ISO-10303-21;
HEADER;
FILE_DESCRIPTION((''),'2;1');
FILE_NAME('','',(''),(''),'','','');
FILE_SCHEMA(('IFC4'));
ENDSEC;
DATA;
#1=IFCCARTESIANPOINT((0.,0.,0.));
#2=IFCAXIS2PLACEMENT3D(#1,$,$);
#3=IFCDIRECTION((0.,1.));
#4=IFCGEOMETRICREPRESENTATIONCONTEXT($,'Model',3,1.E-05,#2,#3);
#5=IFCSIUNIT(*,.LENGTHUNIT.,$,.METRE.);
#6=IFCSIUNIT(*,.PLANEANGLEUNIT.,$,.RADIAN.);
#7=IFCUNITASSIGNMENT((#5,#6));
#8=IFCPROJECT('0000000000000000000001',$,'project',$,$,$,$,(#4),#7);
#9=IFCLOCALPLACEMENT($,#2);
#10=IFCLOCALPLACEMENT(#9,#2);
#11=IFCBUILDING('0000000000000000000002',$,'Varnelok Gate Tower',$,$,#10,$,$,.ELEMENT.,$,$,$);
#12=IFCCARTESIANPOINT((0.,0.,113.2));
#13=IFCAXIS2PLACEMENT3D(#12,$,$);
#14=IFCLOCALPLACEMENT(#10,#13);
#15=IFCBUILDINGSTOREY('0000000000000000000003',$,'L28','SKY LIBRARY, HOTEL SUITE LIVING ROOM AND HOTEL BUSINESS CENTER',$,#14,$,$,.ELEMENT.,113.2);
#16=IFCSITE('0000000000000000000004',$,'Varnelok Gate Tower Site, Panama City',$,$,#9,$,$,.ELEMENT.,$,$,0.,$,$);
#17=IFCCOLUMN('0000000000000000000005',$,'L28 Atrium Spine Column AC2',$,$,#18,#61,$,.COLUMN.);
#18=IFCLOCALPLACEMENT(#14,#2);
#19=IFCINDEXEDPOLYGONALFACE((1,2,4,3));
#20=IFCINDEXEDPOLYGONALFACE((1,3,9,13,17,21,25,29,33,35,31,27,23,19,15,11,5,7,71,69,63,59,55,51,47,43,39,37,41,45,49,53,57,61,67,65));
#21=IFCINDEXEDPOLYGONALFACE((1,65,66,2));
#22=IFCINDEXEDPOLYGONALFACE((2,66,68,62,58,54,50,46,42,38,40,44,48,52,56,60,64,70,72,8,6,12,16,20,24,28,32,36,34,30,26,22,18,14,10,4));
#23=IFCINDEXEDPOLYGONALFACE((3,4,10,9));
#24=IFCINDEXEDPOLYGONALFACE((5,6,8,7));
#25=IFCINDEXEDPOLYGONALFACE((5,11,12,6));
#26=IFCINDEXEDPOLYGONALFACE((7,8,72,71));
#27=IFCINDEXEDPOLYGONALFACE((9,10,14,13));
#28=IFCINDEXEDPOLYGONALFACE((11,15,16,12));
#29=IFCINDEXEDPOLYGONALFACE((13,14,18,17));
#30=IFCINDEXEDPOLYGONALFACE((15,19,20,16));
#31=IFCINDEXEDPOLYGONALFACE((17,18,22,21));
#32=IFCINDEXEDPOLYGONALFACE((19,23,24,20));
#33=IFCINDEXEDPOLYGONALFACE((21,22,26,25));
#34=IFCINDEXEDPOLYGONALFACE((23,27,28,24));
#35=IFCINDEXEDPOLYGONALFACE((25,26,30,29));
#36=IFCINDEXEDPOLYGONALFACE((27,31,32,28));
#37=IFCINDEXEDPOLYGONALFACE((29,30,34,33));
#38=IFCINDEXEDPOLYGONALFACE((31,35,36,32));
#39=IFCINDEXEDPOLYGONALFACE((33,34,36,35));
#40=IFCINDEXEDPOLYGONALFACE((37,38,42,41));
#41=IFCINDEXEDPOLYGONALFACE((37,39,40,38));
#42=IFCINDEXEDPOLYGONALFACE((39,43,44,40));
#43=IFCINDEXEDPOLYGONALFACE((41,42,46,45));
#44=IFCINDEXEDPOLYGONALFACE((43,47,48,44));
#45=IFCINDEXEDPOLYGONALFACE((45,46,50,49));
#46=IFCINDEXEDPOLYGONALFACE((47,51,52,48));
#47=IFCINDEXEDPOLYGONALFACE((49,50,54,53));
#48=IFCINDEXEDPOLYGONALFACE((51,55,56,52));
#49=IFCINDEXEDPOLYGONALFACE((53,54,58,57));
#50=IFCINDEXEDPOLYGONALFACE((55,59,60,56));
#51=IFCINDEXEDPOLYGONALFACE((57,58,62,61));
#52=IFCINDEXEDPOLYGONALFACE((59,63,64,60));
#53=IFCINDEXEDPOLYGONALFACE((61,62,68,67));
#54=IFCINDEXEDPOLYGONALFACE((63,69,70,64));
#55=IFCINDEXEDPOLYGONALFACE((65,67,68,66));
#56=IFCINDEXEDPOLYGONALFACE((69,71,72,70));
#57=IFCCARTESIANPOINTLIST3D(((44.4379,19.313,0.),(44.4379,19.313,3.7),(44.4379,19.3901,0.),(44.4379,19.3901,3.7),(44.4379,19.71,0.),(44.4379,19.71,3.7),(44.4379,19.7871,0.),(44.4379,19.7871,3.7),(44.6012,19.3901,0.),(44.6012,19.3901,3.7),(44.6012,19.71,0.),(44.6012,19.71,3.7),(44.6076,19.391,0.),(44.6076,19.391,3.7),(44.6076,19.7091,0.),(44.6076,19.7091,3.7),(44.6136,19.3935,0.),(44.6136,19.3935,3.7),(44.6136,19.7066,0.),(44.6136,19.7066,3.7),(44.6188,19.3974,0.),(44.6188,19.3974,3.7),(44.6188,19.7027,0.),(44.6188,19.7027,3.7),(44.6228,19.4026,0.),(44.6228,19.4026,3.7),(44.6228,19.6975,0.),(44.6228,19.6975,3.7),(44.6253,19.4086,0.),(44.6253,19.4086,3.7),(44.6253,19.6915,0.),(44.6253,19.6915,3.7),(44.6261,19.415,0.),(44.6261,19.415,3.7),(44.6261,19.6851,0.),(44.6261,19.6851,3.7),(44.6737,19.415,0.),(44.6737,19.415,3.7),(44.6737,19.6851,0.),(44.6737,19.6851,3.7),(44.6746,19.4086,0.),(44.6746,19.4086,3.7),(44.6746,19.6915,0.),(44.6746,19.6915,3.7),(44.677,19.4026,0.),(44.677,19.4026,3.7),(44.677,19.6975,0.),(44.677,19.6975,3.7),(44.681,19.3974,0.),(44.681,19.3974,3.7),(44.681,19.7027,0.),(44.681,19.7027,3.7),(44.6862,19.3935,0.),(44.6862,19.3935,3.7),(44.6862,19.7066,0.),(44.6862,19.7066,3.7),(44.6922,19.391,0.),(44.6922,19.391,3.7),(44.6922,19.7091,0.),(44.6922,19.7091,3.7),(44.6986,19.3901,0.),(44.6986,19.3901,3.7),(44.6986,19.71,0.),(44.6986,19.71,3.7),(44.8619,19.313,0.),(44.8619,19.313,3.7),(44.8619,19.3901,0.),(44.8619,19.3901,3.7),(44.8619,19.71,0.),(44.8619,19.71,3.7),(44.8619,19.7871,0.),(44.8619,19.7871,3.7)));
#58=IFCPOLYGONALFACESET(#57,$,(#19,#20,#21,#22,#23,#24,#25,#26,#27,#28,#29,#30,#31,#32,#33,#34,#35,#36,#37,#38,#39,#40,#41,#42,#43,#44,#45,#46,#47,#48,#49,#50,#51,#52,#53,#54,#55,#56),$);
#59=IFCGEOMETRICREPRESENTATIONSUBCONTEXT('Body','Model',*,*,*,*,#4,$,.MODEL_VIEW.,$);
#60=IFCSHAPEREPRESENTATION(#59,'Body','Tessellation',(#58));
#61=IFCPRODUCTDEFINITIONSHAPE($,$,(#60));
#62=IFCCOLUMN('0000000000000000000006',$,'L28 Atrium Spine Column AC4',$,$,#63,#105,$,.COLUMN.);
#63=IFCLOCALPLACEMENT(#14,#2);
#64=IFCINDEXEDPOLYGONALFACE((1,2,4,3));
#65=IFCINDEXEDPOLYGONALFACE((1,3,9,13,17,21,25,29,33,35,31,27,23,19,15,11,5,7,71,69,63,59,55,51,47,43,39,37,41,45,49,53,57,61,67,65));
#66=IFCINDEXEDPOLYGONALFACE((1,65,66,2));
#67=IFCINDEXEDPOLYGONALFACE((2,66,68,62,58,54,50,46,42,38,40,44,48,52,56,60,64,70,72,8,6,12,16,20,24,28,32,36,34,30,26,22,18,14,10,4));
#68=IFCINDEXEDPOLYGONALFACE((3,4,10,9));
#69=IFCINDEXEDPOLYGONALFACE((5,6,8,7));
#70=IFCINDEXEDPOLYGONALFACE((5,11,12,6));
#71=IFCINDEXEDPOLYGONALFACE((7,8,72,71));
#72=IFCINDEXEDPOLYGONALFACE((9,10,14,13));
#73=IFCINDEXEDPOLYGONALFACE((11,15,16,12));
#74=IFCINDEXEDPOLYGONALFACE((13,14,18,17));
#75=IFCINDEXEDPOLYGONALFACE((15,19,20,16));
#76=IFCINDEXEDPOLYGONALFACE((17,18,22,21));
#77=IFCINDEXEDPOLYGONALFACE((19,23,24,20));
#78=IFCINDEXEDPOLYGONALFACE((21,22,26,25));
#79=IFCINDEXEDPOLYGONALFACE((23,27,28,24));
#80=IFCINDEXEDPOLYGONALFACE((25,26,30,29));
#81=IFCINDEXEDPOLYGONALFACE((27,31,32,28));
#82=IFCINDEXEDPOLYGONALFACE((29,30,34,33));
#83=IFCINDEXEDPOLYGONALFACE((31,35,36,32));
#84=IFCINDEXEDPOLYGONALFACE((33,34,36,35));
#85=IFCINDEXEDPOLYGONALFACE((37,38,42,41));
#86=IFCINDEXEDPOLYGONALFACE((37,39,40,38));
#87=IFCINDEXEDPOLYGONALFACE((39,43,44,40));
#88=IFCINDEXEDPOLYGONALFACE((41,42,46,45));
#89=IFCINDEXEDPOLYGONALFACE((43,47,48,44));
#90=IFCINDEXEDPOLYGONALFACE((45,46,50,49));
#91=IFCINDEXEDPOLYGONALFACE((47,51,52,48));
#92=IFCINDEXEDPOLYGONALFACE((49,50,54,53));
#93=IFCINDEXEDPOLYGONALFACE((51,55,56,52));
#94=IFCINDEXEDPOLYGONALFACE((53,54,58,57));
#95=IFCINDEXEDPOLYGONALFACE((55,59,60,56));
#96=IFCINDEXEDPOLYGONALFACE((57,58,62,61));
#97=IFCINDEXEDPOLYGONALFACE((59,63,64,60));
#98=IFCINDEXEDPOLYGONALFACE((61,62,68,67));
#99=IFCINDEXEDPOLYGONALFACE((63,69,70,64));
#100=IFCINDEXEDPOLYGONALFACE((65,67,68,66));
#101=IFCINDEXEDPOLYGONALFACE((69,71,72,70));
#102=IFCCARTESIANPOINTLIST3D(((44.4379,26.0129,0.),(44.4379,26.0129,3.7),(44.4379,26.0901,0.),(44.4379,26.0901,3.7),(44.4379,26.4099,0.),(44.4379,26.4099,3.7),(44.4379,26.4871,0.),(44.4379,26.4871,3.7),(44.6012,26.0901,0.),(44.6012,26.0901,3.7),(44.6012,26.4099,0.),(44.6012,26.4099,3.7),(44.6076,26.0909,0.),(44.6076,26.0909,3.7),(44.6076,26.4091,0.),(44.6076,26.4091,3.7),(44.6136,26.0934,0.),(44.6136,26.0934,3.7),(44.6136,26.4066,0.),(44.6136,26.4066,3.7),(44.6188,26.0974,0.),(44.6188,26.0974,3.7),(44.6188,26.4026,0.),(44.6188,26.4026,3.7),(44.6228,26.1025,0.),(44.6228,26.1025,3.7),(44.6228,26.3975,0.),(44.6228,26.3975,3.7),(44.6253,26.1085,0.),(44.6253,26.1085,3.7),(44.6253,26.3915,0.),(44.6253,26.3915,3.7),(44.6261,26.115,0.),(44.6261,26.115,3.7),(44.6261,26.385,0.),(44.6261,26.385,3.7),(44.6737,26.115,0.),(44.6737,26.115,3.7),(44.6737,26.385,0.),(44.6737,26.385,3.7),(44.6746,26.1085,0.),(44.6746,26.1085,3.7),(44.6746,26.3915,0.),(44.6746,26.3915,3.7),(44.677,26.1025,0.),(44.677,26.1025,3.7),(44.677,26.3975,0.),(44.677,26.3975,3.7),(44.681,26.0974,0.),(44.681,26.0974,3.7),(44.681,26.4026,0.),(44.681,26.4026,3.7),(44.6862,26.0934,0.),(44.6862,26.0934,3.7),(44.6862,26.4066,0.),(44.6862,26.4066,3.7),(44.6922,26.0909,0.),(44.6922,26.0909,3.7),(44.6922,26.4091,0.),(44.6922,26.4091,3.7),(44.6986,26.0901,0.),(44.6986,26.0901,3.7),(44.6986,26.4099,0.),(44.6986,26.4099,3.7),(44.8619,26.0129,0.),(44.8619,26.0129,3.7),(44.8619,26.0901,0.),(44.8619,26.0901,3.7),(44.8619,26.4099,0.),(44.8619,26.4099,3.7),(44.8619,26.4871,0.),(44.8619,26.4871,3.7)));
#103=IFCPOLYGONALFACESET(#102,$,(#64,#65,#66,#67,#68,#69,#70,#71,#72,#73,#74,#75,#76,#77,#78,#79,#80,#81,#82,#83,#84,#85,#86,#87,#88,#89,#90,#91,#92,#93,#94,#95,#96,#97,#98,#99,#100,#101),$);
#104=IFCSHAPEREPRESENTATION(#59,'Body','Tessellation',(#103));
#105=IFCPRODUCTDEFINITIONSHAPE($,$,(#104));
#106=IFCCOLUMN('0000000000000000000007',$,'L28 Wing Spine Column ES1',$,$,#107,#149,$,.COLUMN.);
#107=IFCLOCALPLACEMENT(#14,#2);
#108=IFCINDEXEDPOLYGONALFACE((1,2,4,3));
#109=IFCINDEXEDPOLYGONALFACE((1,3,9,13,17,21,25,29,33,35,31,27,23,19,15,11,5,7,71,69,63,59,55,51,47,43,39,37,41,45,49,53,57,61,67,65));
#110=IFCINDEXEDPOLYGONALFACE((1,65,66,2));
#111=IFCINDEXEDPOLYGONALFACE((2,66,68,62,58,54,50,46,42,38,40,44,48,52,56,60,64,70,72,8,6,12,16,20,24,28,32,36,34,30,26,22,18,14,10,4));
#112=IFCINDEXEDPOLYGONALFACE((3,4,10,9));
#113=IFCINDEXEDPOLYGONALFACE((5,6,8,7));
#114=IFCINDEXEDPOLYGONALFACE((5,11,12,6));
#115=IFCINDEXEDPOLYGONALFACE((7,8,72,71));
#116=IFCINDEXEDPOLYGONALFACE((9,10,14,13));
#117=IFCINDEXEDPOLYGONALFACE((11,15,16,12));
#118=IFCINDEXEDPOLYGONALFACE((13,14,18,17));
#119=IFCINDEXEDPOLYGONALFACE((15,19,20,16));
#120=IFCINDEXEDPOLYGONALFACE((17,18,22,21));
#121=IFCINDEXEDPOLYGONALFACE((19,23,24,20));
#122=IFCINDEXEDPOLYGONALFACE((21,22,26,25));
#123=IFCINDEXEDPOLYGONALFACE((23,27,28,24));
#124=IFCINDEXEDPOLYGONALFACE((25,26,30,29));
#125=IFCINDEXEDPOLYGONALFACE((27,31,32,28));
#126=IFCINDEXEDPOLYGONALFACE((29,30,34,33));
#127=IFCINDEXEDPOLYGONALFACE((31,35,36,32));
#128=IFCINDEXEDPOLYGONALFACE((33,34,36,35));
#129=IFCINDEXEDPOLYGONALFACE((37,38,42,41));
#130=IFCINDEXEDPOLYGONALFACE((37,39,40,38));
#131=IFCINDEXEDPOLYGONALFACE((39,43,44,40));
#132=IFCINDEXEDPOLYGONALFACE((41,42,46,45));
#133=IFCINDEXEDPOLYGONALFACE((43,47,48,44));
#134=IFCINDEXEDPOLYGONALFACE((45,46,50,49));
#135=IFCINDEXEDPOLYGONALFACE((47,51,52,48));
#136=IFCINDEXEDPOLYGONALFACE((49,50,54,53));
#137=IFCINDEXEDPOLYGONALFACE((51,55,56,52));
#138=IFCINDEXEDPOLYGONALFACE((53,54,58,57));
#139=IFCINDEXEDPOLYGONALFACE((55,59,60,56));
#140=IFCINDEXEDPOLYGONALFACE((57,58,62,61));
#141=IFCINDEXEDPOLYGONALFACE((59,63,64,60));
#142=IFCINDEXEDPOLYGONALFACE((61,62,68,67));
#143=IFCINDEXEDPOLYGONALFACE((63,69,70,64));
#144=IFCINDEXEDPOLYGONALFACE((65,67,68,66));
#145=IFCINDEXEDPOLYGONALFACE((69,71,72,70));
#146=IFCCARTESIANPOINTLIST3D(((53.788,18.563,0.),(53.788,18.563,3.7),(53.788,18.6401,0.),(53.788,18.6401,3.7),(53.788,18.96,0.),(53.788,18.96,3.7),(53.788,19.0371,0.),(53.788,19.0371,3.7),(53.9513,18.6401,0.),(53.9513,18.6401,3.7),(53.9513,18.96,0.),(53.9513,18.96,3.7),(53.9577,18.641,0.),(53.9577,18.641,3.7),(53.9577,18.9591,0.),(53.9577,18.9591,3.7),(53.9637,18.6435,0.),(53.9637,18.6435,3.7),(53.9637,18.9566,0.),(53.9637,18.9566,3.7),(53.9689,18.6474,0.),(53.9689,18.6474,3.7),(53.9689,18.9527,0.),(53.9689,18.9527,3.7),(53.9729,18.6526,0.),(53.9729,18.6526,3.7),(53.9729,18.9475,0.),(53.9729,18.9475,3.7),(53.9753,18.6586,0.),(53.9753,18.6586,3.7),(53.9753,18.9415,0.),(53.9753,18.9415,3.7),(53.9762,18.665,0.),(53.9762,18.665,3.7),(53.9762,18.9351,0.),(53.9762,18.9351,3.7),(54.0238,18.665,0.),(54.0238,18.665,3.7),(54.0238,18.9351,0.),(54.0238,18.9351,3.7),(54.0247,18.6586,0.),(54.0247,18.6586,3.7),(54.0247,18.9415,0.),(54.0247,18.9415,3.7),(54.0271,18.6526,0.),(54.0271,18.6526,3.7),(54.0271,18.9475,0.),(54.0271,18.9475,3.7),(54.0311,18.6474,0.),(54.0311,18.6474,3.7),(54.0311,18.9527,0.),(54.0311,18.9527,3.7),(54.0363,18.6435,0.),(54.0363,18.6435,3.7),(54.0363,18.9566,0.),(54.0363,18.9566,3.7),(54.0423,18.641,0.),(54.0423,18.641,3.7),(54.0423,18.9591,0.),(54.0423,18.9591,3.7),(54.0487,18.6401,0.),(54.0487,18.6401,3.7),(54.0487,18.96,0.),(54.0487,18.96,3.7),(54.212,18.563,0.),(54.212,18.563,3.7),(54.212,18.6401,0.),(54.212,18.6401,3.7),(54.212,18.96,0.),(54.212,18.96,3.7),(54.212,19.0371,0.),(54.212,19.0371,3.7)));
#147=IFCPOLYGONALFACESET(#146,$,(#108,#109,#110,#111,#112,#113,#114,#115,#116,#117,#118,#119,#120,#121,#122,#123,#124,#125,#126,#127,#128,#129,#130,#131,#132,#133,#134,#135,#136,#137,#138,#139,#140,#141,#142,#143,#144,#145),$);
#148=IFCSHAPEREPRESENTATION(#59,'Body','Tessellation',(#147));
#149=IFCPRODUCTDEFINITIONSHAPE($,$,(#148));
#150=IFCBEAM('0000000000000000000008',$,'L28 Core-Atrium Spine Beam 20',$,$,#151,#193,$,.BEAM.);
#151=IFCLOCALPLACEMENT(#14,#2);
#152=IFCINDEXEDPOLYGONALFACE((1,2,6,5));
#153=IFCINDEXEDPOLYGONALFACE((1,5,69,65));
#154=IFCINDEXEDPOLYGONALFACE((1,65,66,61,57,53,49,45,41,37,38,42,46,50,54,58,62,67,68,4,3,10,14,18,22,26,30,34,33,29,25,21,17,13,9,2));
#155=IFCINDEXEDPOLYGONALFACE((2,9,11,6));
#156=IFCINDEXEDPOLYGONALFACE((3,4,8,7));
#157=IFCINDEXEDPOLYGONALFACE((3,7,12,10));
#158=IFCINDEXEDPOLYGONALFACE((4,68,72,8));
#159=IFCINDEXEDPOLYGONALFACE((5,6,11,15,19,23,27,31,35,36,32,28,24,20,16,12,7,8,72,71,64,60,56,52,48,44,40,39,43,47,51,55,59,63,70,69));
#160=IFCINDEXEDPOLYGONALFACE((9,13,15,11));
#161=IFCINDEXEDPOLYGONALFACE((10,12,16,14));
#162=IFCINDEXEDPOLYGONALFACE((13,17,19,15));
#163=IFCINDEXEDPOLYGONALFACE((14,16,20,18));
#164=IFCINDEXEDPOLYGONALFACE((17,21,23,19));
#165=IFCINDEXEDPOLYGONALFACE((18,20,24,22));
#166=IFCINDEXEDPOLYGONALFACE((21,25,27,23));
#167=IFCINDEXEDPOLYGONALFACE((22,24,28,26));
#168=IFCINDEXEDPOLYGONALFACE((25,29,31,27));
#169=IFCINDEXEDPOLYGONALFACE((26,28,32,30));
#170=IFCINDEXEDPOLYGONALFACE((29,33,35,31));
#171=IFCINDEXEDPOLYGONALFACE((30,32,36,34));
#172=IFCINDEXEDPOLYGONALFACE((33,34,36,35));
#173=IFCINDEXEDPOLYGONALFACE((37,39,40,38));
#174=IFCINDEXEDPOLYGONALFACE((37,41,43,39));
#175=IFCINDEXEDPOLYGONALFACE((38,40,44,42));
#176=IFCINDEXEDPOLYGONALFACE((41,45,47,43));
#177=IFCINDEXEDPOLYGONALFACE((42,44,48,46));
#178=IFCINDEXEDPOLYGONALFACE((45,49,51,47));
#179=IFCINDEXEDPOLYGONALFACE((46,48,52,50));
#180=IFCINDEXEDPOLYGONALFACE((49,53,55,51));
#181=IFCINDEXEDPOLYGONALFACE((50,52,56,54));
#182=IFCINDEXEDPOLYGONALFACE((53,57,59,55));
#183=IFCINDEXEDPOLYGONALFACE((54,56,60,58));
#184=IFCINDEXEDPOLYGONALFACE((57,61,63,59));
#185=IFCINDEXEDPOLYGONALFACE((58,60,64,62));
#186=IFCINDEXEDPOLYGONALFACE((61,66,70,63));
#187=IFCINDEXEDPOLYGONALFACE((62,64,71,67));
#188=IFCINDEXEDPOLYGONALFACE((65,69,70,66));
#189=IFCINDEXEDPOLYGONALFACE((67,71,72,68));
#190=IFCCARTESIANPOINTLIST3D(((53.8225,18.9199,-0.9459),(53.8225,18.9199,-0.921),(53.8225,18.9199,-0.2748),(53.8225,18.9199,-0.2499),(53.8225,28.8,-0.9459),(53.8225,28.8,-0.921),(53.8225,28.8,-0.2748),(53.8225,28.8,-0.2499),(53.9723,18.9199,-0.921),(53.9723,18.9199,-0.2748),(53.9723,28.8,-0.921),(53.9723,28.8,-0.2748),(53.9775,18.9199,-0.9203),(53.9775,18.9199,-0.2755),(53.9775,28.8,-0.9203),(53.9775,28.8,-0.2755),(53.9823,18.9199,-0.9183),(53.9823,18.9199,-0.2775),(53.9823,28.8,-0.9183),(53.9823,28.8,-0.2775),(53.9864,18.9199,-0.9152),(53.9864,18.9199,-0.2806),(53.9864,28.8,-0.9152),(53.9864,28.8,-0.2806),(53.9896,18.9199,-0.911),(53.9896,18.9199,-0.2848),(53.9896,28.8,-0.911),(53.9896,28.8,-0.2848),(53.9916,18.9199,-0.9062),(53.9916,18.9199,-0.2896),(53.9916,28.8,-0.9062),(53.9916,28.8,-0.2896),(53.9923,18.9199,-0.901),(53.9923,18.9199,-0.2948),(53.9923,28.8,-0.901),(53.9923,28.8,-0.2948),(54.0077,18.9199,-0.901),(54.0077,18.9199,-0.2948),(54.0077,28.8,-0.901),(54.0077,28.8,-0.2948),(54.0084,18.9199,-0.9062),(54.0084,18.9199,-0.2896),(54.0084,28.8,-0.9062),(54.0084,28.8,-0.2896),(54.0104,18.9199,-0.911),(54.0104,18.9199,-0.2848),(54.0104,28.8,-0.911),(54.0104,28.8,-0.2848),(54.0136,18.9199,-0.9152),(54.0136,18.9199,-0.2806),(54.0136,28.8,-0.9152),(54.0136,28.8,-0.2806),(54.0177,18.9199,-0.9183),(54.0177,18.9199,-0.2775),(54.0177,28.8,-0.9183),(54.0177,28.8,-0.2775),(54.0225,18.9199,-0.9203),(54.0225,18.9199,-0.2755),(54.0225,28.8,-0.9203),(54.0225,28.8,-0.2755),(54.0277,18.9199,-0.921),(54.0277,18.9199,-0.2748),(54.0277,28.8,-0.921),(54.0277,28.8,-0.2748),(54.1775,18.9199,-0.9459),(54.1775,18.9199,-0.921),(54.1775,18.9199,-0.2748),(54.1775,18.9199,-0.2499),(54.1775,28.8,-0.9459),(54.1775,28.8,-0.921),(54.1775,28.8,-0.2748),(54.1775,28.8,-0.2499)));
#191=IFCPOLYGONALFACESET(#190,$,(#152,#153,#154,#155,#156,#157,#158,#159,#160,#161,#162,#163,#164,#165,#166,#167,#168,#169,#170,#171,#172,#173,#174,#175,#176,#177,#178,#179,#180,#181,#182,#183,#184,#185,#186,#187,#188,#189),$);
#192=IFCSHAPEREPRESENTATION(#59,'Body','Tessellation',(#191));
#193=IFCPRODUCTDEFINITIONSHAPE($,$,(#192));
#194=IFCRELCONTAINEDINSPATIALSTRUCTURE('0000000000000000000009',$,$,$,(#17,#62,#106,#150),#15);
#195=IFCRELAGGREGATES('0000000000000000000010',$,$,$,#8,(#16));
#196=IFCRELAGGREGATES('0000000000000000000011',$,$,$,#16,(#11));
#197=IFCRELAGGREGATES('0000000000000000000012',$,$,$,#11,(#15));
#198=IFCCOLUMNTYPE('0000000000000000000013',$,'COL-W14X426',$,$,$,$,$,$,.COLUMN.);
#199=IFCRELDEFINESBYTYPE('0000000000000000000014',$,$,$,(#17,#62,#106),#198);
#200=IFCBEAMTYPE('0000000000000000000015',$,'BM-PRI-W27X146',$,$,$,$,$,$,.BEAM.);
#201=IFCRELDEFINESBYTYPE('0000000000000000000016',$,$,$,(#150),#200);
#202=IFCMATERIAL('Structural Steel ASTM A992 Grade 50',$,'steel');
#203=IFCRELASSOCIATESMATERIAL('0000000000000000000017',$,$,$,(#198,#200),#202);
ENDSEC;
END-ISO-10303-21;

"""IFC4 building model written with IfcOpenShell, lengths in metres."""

from ifc_helpers import new_model, si_unit, direction, frame, origin, origin_2d, place, context, subcontext, project, spatial, i_section, extrude, material, material_profile, profile_set, type_object, element, save


model = new_model("IFC4")

# Units and contexts
model_context = context("Model", 3, precision=1e-05, world=origin(), true_north=direction((0.0, 1.0)))
body_context = subcontext(model_context, "Body", "Model", "MODEL_VIEW")
ifc_project = project(units=[si_unit("LENGTHUNIT", "METRE"), si_unit("PLANEANGLEUNIT", "RADIAN")], contexts=[model_context])

# Site, building, storey
site_placement = place(None, origin())
site = spatial("IfcSite", under=ifc_project, at=site_placement, Name="Varnelok Gate Tower Site, Panama City", CompositionType="ELEMENT", RefElevation=0.0)
building_placement = place(site_placement, origin())
building = spatial("IfcBuilding", under=site, at=building_placement, Name="Varnelok Gate Tower", CompositionType="ELEMENT")
storey_placement = place(building_placement, frame((0.0, 0.0, 113.2)))
storey = spatial("IfcBuildingStorey", under=building, at=storey_placement, Name="L28", Description="SKY LIBRARY, HOTEL SUITE LIVING ROOM AND HOTEL BUSINESS CENTER", CompositionType="ELEMENT", Elevation=113.2)

# Columns
ifc_material_1 = material(Name="Structural Steel ASTM A992 Grade 50", Category="steel")
ifc_material_profile_1 = material_profile(ifc_material_1, i_section(OverallWidth=0.4241, OverallDepth=0.4741, WebThickness=0.0476, FlangeThickness=0.0771, FilletRadius=0.0249, at=origin_2d()), Name="W14X426")
ifc_profile_set_1 = profile_set([ifc_material_profile_1], Name="Structural Steel ASTM A992 Grade 50")
column_type = type_object("IfcColumnType", Name="COL-W14X426", PredefinedType="COLUMN", material=ifc_profile_set_1)
for number, where, z_axis, x_axis, name in (
    (1, (44.6499, 19.55, 0.0), (0.0, 0.0, 1.0), (1.0, 0.0, 0.0), "L28 Atrium Spine Column AC2"),
    (2, (44.6499, 26.25, 0.0), (0.0, 0.0, 1.0), (1.0, 0.0, 0.0), "L28 Atrium Spine Column AC4"),
    (3, (54.0, 18.8, 0.0), (0.0, 0.0, 1.0), (1.0, 0.0, 0.0), "L28 Wing Spine Column ES1"),
):
    element("IfcColumn", number, at=place(storey_placement, frame(where, z_axis=z_axis, x_axis=x_axis)), inside=storey, type_object=column_type, Name=name, PredefinedType="COLUMN", context=body_context, shape_type="SweptSolid", body=[
        extrude(i_section(OverallWidth=0.4241, OverallDepth=0.4741, WebThickness=0.0476, FlangeThickness=0.0771, FilletRadius=0.0249, at=origin_2d()), origin(), (0.0, 0.0, 1.0), 3.7),
    ])

# Beam
ifc_material_profile_2 = material_profile(ifc_material_1, i_section(OverallWidth=0.355, OverallDepth=0.696, WebThickness=0.0154, FlangeThickness=0.0249, FilletRadius=0.02, at=origin_2d()), Name="W27X146")
ifc_profile_set_2 = profile_set([ifc_material_profile_2], Name="Structural Steel ASTM A992 Grade 50")
beam_type_1 = type_object("IfcBeamType", Name="BM-PRI-W27X146", PredefinedType="BEAM", material=ifc_profile_set_2)
beam_1_placement = place(storey_placement, frame((54.0, 18.9199, -0.5979), z_axis=(0.0, 1.0, 0.0), x_axis=(-1.0, 0.0, 0.0)))
element("IfcBeam", 4, at=beam_1_placement, inside=storey, type_object=beam_type_1, Name="L28 Core-Atrium Spine Beam 20", PredefinedType="BEAM", context=body_context, shape_type="SweptSolid", body=[
    extrude(i_section(OverallWidth=0.355, OverallDepth=0.696, WebThickness=0.0154, FlangeThickness=0.0249, FilletRadius=0.02, at=origin_2d()), origin(), (0.0, 0.0, 1.0), 9.8801),
])

save(model, "model.ifc")
